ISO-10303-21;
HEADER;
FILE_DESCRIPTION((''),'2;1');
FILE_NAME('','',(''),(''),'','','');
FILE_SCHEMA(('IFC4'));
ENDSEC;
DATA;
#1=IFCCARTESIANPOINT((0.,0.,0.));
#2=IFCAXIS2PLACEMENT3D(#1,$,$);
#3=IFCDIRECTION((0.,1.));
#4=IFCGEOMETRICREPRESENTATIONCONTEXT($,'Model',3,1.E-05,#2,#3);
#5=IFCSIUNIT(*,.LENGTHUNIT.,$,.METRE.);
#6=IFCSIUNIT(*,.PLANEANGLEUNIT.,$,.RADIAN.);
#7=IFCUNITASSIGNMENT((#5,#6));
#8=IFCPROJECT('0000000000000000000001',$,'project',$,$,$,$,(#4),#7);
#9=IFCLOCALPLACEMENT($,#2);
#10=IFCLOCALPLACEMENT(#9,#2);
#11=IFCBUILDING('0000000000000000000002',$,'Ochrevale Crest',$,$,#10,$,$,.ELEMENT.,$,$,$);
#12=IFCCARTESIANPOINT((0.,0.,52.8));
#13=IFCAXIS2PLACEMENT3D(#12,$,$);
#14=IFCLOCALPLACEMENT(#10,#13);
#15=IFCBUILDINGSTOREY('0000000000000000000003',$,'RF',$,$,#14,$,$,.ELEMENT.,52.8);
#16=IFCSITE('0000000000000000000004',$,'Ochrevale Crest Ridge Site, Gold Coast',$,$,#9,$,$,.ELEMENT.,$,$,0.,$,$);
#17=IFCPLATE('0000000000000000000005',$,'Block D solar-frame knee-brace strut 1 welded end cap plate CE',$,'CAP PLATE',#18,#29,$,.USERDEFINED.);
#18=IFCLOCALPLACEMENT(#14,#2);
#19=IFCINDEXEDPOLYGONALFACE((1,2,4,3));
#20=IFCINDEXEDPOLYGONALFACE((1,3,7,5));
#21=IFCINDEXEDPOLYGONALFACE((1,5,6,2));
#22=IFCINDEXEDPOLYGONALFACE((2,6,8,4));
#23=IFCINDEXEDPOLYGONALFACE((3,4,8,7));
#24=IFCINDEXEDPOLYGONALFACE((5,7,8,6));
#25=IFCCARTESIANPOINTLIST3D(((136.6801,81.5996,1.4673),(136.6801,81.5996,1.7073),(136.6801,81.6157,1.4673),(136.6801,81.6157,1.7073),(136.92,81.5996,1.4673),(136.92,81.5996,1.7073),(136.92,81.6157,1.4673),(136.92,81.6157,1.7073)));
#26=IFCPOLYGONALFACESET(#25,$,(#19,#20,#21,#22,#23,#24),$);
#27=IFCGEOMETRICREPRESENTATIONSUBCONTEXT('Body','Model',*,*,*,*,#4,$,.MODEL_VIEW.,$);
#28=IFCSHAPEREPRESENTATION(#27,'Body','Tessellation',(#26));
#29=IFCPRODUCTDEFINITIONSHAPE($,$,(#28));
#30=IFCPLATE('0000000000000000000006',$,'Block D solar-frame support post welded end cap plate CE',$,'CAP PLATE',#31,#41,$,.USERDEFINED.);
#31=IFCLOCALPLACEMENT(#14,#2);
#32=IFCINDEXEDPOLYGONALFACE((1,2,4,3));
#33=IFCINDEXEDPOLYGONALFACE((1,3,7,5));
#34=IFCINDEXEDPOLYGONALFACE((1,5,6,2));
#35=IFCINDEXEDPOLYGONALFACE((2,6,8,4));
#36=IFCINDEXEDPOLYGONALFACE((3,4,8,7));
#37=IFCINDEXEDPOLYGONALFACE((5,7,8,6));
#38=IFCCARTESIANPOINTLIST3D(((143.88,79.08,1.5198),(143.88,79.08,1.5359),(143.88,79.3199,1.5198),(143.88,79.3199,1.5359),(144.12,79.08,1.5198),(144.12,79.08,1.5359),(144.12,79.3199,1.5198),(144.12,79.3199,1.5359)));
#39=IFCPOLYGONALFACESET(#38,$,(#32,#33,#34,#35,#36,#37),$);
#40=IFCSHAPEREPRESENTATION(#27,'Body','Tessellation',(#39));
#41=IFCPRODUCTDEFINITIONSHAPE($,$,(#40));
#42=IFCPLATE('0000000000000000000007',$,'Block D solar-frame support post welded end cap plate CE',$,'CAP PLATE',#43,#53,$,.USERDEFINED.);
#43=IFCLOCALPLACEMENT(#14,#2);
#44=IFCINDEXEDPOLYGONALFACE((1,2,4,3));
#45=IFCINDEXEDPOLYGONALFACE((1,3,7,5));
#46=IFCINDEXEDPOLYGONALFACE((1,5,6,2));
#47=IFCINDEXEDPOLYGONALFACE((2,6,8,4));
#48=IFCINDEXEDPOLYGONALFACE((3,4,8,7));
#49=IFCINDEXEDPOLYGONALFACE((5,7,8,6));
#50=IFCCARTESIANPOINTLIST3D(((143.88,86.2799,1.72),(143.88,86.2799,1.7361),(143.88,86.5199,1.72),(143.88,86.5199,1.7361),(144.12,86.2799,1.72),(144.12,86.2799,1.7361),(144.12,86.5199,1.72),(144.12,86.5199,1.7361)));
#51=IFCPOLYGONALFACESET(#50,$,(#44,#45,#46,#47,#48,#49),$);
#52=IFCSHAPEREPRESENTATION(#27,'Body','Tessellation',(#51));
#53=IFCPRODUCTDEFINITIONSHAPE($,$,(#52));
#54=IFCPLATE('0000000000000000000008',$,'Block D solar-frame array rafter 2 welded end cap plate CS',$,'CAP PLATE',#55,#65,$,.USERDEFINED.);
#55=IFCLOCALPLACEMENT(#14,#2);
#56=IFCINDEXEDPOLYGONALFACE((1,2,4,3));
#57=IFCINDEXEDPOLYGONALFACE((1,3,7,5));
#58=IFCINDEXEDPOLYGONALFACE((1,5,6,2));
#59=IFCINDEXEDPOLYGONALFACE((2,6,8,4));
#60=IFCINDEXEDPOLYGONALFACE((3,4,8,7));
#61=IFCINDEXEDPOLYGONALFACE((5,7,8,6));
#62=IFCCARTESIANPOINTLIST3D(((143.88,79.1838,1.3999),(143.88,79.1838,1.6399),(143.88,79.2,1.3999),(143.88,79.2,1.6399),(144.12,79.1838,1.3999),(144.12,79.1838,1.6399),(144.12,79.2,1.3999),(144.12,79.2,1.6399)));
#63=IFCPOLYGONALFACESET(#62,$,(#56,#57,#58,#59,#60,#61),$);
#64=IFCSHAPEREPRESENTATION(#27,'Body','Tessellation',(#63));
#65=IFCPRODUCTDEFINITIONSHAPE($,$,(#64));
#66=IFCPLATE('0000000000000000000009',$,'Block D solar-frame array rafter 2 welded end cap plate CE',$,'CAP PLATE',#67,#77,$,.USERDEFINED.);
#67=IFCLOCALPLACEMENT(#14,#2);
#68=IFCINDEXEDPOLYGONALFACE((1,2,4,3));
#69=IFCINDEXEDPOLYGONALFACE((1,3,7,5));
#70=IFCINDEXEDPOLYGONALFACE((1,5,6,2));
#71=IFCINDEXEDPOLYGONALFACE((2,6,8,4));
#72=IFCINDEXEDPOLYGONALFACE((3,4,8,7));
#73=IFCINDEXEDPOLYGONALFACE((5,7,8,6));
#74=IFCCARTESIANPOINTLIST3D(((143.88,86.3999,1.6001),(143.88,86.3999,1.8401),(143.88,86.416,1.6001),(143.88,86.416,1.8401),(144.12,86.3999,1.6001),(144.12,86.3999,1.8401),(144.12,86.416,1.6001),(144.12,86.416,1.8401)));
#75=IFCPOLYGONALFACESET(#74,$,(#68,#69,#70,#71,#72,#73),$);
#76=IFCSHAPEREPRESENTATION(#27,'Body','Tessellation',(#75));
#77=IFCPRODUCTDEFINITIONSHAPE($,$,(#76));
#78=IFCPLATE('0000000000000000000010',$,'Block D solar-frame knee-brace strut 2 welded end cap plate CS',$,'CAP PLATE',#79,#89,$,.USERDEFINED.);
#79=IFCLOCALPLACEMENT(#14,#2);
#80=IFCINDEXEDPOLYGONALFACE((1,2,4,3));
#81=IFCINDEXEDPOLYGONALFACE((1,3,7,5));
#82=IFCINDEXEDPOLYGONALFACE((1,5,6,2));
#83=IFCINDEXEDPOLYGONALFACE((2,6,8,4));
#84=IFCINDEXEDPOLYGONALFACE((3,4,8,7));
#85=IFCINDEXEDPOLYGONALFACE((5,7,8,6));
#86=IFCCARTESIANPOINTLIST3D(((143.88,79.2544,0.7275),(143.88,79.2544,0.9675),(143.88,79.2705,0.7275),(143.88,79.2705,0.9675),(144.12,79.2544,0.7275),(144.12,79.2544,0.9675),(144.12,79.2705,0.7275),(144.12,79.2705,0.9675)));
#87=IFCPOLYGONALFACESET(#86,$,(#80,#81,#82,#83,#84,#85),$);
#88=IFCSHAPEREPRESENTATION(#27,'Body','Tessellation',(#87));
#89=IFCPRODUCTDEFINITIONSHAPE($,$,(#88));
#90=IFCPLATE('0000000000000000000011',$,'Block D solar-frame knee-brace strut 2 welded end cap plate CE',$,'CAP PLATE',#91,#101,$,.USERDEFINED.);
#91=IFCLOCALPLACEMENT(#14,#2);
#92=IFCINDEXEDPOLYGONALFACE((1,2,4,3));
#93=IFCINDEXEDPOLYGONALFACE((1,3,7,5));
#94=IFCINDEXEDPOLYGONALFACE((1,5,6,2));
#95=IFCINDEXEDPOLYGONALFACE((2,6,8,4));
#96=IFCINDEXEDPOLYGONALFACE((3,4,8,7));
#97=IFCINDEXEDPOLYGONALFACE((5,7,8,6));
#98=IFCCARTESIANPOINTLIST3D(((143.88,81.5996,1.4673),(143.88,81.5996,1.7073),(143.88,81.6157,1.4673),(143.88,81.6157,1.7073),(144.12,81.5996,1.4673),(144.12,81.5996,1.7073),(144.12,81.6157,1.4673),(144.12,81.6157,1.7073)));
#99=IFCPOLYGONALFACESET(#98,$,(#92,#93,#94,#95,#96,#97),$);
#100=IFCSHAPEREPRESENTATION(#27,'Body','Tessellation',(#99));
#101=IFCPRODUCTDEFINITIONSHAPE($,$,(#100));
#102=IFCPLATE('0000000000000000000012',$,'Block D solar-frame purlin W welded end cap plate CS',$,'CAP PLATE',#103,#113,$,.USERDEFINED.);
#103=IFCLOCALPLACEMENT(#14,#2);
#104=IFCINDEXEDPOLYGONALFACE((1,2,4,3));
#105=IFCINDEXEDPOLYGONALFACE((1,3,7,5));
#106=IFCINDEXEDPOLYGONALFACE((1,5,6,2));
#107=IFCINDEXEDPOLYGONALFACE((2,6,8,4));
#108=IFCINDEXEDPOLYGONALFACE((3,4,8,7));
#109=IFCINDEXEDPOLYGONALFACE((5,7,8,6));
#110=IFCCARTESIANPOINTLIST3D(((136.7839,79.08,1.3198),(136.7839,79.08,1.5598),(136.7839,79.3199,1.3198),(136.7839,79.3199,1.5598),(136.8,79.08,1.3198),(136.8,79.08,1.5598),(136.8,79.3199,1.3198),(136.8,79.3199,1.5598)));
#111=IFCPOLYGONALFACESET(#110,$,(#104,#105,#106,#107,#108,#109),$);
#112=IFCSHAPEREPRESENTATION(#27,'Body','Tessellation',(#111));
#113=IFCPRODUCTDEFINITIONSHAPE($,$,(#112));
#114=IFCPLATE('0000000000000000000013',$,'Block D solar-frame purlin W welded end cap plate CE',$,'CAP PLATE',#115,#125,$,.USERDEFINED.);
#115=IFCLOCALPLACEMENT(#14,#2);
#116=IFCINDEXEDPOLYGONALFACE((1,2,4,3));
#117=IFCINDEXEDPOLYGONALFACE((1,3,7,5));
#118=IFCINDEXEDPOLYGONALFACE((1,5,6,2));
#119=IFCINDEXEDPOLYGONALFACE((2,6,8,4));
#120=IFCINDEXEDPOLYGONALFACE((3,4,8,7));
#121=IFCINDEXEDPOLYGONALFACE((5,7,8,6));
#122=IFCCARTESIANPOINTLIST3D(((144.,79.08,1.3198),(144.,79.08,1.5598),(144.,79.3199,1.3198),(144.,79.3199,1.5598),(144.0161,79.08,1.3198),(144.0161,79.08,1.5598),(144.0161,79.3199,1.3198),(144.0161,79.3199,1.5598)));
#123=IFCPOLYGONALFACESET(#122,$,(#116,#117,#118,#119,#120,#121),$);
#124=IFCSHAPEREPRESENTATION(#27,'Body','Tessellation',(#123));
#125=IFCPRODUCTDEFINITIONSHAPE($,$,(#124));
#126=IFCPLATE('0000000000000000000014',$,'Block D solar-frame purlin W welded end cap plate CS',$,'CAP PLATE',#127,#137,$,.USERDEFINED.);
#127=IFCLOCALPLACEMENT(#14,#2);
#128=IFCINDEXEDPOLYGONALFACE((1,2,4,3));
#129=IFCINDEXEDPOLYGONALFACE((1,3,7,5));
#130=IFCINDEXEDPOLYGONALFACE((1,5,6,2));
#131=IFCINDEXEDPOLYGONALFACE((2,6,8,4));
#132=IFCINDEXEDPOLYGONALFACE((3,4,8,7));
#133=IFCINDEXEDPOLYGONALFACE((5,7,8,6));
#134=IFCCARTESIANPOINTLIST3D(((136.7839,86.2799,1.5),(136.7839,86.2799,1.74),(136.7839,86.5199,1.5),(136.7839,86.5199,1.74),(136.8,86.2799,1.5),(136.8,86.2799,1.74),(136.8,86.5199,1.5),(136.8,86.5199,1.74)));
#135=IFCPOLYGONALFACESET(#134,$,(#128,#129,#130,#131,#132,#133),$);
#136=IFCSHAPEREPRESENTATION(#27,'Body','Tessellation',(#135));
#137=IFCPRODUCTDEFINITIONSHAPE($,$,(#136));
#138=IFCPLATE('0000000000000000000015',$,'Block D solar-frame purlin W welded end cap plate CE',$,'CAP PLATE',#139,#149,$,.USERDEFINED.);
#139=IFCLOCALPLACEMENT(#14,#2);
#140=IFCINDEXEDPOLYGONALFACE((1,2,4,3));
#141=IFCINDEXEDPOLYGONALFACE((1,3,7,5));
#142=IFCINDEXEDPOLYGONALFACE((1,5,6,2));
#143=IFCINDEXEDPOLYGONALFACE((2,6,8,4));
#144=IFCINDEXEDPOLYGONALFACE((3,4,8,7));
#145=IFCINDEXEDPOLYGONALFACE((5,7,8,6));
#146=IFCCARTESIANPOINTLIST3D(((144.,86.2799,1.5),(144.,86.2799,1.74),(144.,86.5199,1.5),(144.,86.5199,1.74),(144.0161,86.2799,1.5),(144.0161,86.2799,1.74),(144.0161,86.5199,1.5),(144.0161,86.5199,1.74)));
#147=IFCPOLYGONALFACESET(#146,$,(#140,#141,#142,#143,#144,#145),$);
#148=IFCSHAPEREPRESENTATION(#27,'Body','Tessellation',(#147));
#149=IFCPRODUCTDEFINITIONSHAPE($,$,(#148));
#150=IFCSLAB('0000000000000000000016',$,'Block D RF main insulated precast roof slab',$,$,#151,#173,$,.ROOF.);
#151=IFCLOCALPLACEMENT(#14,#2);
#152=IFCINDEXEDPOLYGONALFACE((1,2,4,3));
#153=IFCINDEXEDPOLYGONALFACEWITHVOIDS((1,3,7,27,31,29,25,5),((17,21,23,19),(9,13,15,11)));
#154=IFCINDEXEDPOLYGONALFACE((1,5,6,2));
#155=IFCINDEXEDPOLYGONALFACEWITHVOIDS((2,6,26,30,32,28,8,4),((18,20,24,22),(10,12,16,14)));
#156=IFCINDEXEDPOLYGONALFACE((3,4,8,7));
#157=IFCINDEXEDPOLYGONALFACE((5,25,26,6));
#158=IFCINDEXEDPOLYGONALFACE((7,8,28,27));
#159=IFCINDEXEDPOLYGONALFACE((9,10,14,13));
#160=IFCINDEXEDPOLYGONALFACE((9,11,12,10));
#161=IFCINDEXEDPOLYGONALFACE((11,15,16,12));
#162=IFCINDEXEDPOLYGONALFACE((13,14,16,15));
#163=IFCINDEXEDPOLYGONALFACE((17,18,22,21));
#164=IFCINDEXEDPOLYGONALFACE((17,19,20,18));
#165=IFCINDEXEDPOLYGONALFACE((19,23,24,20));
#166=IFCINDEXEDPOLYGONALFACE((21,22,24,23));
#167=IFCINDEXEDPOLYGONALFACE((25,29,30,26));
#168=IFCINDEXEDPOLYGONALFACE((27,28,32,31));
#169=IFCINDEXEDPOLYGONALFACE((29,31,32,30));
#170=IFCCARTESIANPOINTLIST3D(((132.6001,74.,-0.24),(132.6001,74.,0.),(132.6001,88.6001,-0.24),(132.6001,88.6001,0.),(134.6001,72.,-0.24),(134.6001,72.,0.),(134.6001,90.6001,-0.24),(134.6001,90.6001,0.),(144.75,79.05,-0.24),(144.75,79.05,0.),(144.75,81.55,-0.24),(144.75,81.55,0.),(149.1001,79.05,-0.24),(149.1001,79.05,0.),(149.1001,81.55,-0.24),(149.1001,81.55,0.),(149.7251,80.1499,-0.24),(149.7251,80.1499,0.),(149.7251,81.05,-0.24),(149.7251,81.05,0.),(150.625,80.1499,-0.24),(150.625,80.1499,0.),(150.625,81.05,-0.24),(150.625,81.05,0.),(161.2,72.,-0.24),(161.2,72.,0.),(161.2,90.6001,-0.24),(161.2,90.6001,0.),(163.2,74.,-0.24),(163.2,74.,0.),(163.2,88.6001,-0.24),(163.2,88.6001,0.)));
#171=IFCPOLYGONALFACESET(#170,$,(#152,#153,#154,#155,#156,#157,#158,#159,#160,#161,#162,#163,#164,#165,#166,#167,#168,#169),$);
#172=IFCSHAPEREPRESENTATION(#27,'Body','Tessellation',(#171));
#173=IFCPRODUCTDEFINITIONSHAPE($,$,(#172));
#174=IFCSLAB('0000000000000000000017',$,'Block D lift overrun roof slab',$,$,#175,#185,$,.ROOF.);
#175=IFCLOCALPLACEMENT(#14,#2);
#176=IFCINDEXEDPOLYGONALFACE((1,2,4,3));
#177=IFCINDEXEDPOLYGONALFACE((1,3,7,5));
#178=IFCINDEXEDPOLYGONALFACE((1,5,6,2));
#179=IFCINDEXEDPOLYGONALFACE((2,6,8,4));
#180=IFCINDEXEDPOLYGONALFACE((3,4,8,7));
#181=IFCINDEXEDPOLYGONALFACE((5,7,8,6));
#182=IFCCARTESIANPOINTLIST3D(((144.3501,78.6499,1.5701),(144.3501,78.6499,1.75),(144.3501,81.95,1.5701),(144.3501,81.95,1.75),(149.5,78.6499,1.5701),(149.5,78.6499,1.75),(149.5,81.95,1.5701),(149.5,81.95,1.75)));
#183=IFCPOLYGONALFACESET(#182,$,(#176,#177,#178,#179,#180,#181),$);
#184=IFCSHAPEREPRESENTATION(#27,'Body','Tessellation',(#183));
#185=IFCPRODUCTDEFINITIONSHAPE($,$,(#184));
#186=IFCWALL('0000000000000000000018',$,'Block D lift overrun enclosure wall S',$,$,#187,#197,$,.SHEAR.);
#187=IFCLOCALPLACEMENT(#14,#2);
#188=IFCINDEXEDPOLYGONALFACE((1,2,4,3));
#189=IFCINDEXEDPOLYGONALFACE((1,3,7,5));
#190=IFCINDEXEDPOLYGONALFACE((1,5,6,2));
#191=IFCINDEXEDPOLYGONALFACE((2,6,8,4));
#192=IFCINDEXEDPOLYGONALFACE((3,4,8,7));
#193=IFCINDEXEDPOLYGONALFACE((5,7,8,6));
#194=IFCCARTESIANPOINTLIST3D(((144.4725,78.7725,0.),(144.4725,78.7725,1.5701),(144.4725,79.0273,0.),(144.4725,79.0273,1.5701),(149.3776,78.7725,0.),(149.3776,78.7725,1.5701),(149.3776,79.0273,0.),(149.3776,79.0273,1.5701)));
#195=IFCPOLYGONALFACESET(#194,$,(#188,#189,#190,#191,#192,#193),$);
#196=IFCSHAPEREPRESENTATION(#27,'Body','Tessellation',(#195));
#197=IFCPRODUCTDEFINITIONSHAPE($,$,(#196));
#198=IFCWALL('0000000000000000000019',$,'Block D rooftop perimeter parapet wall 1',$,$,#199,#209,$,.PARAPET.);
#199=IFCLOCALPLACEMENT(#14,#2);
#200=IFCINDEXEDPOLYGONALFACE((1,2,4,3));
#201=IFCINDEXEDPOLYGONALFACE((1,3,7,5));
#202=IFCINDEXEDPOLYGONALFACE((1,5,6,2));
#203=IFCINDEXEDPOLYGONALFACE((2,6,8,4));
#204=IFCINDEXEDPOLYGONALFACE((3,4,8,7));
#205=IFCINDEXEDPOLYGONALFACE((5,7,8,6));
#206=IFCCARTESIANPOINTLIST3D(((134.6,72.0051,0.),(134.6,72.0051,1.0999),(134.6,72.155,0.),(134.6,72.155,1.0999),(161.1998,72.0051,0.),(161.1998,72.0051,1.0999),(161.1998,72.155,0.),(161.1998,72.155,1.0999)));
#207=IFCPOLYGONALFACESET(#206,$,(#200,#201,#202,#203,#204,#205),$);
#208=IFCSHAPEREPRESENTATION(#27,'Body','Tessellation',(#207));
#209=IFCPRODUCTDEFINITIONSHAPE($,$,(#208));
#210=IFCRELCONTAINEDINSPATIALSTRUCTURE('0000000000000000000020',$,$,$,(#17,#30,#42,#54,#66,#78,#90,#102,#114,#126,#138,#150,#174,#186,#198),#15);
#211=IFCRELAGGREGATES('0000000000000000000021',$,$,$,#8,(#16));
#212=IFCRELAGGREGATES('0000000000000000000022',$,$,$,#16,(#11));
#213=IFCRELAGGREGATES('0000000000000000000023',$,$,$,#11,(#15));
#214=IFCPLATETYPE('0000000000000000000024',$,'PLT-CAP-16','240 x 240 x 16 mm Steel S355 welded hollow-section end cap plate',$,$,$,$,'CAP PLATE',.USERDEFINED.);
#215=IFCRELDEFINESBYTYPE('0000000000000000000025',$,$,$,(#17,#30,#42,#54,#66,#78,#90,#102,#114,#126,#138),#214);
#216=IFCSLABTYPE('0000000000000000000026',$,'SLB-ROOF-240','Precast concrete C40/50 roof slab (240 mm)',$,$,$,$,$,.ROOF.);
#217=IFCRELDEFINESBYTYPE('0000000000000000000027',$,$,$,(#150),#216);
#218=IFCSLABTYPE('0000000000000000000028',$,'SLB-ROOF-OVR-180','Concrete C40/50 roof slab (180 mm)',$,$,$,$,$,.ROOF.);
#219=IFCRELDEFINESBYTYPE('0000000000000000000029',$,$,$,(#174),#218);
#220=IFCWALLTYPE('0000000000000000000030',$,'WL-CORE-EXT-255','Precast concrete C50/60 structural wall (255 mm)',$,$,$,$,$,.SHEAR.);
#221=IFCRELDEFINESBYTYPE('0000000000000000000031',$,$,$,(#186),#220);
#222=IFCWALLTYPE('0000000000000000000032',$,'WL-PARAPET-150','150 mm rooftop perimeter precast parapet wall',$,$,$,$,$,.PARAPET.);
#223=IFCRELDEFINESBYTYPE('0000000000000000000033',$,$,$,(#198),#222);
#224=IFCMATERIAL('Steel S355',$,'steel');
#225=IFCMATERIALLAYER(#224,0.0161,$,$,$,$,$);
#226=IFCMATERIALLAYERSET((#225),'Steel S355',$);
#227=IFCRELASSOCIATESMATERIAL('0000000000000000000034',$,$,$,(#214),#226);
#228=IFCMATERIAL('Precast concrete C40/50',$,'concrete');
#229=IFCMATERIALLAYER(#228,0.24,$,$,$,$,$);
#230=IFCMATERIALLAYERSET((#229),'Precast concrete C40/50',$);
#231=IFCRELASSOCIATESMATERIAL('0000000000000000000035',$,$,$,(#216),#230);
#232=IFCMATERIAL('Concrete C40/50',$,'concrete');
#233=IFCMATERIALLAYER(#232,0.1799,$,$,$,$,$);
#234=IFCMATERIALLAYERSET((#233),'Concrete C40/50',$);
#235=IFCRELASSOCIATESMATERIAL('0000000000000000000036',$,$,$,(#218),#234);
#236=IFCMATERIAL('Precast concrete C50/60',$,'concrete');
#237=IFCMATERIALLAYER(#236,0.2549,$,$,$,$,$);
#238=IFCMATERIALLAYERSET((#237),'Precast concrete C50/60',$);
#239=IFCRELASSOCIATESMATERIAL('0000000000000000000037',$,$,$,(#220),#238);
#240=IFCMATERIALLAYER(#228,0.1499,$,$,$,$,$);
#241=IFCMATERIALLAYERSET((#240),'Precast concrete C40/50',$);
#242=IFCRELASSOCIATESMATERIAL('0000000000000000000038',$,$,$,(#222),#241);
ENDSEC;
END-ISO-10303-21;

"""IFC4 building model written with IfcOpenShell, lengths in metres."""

from ifc_helpers import new_model, si_unit, direction, frame, frame_2d, origin, origin_2d, place, context, subcontext, project, spatial, polyline, rectangle, outline, extrude, material, layer, layer_set, type_object, element, save


model = new_model("IFC4")

# Units and contexts
model_context = context("Model", 3, precision=1e-05, world=origin(), true_north=direction((0.0, 1.0)))
body_context = subcontext(model_context, "Body", "Model", "MODEL_VIEW")
ifc_project = project(units=[si_unit("LENGTHUNIT", "METRE"), si_unit("PLANEANGLEUNIT", "RADIAN")], contexts=[model_context])

# Site, building, storey
site_placement = place(None, origin())
site = spatial("IfcSite", under=ifc_project, at=site_placement, Name="Ochrevale Crest Ridge Site, Gold Coast", CompositionType="ELEMENT", RefElevation=0.0)
building_placement = place(site_placement, origin())
building = spatial("IfcBuilding", under=site, at=building_placement, Name="Ochrevale Crest", CompositionType="ELEMENT")
storey_placement = place(building_placement, frame((0.0, 0.0, 52.8)))
storey = spatial("IfcBuildingStorey", under=building, at=storey_placement, Name="RF", CompositionType="ELEMENT", Elevation=52.8)

# Shared definitions
ifc_material_1 = material(Name="Steel S355", Category="steel")

# Plates
ifc_layer_1 = layer(ifc_material_1, 0.0161)
ifc_layer_set_1 = layer_set([ifc_layer_1], Name="Steel S355")
plate_type = type_object("IfcPlateType", Name="PLT-CAP-16", Description="240 x 240 x 16 mm Steel S355 welded hollow-section end cap plate", ElementType="CAP PLATE", PredefinedType="USERDEFINED", material=ifc_layer_set_1)
for number, where, z_axis, x_axis, name in (
    (1, (136.8, 81.6077, 1.4673), (0.0, 0.0, 1.0), (0.0, 1.0, 0.0), "Block D solar-frame knee-brace strut 1 welded end cap plate CE"),
):
    element("IfcPlate", number, at=place(storey_placement, frame(where, z_axis=z_axis, x_axis=x_axis)), inside=storey, type_object=plate_type, Name=name, ObjectType="CAP PLATE", PredefinedType="USERDEFINED", context=body_context, shape_type="SweptSolid", body=[
        extrude(rectangle(XDim=0.0161, YDim=0.24, at=origin_2d()), origin(), (0.0, 0.0, 1.0), 0.24),
    ])
for number, where, z_axis, x_axis, name in (
    (2, (144.0, 79.2, 1.5198), (0.0, 0.0, 1.0), (1.0, 0.0, 0.0), "Block D solar-frame support post welded end cap plate CE"),
    (3, (144.0, 86.3999, 1.72), (0.0, 0.0, 1.0), (1.0, 0.0, 0.0), "Block D solar-frame support post welded end cap plate CE"),
):
    element("IfcPlate", number, at=place(storey_placement, frame(where, z_axis=z_axis, x_axis=x_axis)), inside=storey, type_object=plate_type, Name=name, ObjectType="CAP PLATE", PredefinedType="USERDEFINED", context=body_context, shape_type="SweptSolid", body=[
        extrude(rectangle(XDim=0.24, YDim=0.24, at=origin_2d()), origin(), (0.0, 0.0, 1.0), 0.0161),
    ])
for number, where, z_axis, x_axis, name in (
    (4, (144.0, 79.1919, 1.3999), (0.0, 0.0, 1.0), (0.0, 1.0, 0.0), "Block D solar-frame array rafter 2 welded end cap plate CS"),
    (5, (144.0, 86.408, 1.6001), (0.0, 0.0, 1.0), (0.0, 1.0, 0.0), "Block D solar-frame array rafter 2 welded end cap plate CE"),
    (6, (144.0, 79.2625, 0.7275), (0.0, 0.0, 1.0), (0.0, 1.0, 0.0), "Block D solar-frame knee-brace strut 2 welded end cap plate CS"),
    (7, (144.0, 81.6077, 1.4673), (0.0, 0.0, 1.0), (0.0, 1.0, 0.0), "Block D solar-frame knee-brace strut 2 welded end cap plate CE"),
    (8, (136.792, 79.2, 1.3198), (0.0, 0.0, 1.0), (1.0, 0.0, 0.0), "Block D solar-frame purlin W welded end cap plate CS"),
    (9, (144.0081, 79.2, 1.3198), (0.0, 0.0, 1.0), (1.0, 0.0, 0.0), "Block D solar-frame purlin W welded end cap plate CE"),
    (10, (136.792, 86.3999, 1.5), (0.0, 0.0, 1.0), (1.0, 0.0, 0.0), "Block D solar-frame purlin W welded end cap plate CS"),
    (11, (144.0081, 86.3999, 1.5), (0.0, 0.0, 1.0), (1.0, 0.0, 0.0), "Block D solar-frame purlin W welded end cap plate CE"),
):
    element("IfcPlate", number, at=place(storey_placement, frame(where, z_axis=z_axis, x_axis=x_axis)), inside=storey, type_object=plate_type, Name=name, ObjectType="CAP PLATE", PredefinedType="USERDEFINED", context=body_context, shape_type="SweptSolid", body=[
        extrude(rectangle(XDim=0.0161, YDim=0.24, at=origin_2d()), origin(), (0.0, 0.0, 1.0), 0.24),
    ])

# Slabs
ifc_material_2 = material(Name="Precast concrete C40/50", Category="concrete")
ifc_layer_2 = layer(ifc_material_2, 0.24)
ifc_layer_set_2 = layer_set([ifc_layer_2], Name="Precast concrete C40/50")
slab_type_1 = type_object("IfcSlabType", Name="SLB-ROOF-240", Description="Precast concrete C40/50 roof slab (240 mm)", PredefinedType="ROOF", material=ifc_layer_set_2)
slab_1_placement = place(storey_placement, frame((0.0, 0.0, -0.24)))
element("IfcSlab", 12, at=slab_1_placement, inside=storey, type_object=slab_type_1, Name="Block D RF main insulated precast roof slab", PredefinedType="ROOF", context=body_context, shape_type="SweptSolid", body=[
    extrude(outline(polyline([(134.6001, 72.0), (161.2, 72.0), (163.2, 74.0), (163.2, 88.6001), (161.2, 90.6001), (134.6001, 90.6001), (132.6001, 88.6001), (132.6001, 74.0), (134.6001, 72.0)]), holes=[polyline([(144.75, 79.05), (149.1001, 79.05), (149.1001, 81.55), (144.75, 81.55), (144.75, 79.05)]), polyline([(149.7251, 80.1499), (150.625, 80.1499), (150.625, 81.05), (149.7251, 81.05), (149.7251, 80.1499)])]), origin(), (0.0, 0.0, 1.0), 0.24),
])
ifc_material_3 = material(Name="Concrete C40/50", Category="concrete")
ifc_layer_3 = layer(ifc_material_3, 0.1799)
ifc_layer_set_3 = layer_set([ifc_layer_3], Name="Concrete C40/50")
slab_type_2 = type_object("IfcSlabType", Name="SLB-ROOF-OVR-180", Description="Concrete C40/50 roof slab (180 mm)", PredefinedType="ROOF", material=ifc_layer_set_3)
slab_2_placement = place(storey_placement, frame((0.0, 0.0, 1.5701)))
element("IfcSlab", 13, at=slab_2_placement, inside=storey, type_object=slab_type_2, Name="Block D lift overrun roof slab", PredefinedType="ROOF", context=body_context, shape_type="SweptSolid", body=[
    extrude(outline(polyline([(144.3501, 78.6499), (149.5, 78.6499), (149.5, 81.95), (144.3501, 81.95), (144.3501, 78.6499)])), origin(), (0.0, 0.0, 1.0), 0.1799),
])

# Walls
ifc_material_4 = material(Name="Precast concrete C50/60", Category="concrete")
ifc_layer_4 = layer(ifc_material_4, 0.2549)
ifc_layer_set_4 = layer_set([ifc_layer_4], Name="Precast concrete C50/60")
wall_type_1 = type_object("IfcWallType", Name="WL-CORE-EXT-255", Description="Precast concrete C50/60 structural wall (255 mm)", PredefinedType="SHEAR", material=ifc_layer_set_4)
wall_1_placement = place(storey_placement, frame((144.4724, 78.8999, 0.0), z_axis=(0.0, 0.0, 1.0), x_axis=(1.0, 0.0, 0.0)))
element("IfcWall", 14, at=wall_1_placement, inside=storey, type_object=wall_type_1, Name="Block D lift overrun enclosure wall S", PredefinedType="SHEAR", context=body_context, shape_type="SweptSolid", body=[
    extrude(rectangle(XDim=4.905, YDim=0.2549, at=frame_2d((2.4526, 0.0))), origin(), (0.0, 0.0, 1.0), 1.5701),
])
ifc_layer_5 = layer(ifc_material_2, 0.1499)
ifc_layer_set_5 = layer_set([ifc_layer_5], Name="Precast concrete C40/50")
wall_type_2 = type_object("IfcWallType", Name="WL-PARAPET-150", Description="150 mm rooftop perimeter precast parapet wall", PredefinedType="PARAPET", material=ifc_layer_set_5)
wall_2_placement = place(storey_placement, frame((134.6001, 72.0801, 0.0), z_axis=(0.0, 0.0, 1.0), x_axis=(1.0, 0.0, 0.0)))
element("IfcWall", 15, at=wall_2_placement, inside=storey, type_object=wall_type_2, Name="Block D rooftop perimeter parapet wall 1", PredefinedType="PARAPET", context=body_context, shape_type="SweptSolid", body=[
    extrude(rectangle(XDim=26.5999, YDim=0.1499, at=frame_2d((13.2998, 0.0))), origin(), (0.0, 0.0, 1.0), 1.0999),
])

save(model, "model.ifc")
